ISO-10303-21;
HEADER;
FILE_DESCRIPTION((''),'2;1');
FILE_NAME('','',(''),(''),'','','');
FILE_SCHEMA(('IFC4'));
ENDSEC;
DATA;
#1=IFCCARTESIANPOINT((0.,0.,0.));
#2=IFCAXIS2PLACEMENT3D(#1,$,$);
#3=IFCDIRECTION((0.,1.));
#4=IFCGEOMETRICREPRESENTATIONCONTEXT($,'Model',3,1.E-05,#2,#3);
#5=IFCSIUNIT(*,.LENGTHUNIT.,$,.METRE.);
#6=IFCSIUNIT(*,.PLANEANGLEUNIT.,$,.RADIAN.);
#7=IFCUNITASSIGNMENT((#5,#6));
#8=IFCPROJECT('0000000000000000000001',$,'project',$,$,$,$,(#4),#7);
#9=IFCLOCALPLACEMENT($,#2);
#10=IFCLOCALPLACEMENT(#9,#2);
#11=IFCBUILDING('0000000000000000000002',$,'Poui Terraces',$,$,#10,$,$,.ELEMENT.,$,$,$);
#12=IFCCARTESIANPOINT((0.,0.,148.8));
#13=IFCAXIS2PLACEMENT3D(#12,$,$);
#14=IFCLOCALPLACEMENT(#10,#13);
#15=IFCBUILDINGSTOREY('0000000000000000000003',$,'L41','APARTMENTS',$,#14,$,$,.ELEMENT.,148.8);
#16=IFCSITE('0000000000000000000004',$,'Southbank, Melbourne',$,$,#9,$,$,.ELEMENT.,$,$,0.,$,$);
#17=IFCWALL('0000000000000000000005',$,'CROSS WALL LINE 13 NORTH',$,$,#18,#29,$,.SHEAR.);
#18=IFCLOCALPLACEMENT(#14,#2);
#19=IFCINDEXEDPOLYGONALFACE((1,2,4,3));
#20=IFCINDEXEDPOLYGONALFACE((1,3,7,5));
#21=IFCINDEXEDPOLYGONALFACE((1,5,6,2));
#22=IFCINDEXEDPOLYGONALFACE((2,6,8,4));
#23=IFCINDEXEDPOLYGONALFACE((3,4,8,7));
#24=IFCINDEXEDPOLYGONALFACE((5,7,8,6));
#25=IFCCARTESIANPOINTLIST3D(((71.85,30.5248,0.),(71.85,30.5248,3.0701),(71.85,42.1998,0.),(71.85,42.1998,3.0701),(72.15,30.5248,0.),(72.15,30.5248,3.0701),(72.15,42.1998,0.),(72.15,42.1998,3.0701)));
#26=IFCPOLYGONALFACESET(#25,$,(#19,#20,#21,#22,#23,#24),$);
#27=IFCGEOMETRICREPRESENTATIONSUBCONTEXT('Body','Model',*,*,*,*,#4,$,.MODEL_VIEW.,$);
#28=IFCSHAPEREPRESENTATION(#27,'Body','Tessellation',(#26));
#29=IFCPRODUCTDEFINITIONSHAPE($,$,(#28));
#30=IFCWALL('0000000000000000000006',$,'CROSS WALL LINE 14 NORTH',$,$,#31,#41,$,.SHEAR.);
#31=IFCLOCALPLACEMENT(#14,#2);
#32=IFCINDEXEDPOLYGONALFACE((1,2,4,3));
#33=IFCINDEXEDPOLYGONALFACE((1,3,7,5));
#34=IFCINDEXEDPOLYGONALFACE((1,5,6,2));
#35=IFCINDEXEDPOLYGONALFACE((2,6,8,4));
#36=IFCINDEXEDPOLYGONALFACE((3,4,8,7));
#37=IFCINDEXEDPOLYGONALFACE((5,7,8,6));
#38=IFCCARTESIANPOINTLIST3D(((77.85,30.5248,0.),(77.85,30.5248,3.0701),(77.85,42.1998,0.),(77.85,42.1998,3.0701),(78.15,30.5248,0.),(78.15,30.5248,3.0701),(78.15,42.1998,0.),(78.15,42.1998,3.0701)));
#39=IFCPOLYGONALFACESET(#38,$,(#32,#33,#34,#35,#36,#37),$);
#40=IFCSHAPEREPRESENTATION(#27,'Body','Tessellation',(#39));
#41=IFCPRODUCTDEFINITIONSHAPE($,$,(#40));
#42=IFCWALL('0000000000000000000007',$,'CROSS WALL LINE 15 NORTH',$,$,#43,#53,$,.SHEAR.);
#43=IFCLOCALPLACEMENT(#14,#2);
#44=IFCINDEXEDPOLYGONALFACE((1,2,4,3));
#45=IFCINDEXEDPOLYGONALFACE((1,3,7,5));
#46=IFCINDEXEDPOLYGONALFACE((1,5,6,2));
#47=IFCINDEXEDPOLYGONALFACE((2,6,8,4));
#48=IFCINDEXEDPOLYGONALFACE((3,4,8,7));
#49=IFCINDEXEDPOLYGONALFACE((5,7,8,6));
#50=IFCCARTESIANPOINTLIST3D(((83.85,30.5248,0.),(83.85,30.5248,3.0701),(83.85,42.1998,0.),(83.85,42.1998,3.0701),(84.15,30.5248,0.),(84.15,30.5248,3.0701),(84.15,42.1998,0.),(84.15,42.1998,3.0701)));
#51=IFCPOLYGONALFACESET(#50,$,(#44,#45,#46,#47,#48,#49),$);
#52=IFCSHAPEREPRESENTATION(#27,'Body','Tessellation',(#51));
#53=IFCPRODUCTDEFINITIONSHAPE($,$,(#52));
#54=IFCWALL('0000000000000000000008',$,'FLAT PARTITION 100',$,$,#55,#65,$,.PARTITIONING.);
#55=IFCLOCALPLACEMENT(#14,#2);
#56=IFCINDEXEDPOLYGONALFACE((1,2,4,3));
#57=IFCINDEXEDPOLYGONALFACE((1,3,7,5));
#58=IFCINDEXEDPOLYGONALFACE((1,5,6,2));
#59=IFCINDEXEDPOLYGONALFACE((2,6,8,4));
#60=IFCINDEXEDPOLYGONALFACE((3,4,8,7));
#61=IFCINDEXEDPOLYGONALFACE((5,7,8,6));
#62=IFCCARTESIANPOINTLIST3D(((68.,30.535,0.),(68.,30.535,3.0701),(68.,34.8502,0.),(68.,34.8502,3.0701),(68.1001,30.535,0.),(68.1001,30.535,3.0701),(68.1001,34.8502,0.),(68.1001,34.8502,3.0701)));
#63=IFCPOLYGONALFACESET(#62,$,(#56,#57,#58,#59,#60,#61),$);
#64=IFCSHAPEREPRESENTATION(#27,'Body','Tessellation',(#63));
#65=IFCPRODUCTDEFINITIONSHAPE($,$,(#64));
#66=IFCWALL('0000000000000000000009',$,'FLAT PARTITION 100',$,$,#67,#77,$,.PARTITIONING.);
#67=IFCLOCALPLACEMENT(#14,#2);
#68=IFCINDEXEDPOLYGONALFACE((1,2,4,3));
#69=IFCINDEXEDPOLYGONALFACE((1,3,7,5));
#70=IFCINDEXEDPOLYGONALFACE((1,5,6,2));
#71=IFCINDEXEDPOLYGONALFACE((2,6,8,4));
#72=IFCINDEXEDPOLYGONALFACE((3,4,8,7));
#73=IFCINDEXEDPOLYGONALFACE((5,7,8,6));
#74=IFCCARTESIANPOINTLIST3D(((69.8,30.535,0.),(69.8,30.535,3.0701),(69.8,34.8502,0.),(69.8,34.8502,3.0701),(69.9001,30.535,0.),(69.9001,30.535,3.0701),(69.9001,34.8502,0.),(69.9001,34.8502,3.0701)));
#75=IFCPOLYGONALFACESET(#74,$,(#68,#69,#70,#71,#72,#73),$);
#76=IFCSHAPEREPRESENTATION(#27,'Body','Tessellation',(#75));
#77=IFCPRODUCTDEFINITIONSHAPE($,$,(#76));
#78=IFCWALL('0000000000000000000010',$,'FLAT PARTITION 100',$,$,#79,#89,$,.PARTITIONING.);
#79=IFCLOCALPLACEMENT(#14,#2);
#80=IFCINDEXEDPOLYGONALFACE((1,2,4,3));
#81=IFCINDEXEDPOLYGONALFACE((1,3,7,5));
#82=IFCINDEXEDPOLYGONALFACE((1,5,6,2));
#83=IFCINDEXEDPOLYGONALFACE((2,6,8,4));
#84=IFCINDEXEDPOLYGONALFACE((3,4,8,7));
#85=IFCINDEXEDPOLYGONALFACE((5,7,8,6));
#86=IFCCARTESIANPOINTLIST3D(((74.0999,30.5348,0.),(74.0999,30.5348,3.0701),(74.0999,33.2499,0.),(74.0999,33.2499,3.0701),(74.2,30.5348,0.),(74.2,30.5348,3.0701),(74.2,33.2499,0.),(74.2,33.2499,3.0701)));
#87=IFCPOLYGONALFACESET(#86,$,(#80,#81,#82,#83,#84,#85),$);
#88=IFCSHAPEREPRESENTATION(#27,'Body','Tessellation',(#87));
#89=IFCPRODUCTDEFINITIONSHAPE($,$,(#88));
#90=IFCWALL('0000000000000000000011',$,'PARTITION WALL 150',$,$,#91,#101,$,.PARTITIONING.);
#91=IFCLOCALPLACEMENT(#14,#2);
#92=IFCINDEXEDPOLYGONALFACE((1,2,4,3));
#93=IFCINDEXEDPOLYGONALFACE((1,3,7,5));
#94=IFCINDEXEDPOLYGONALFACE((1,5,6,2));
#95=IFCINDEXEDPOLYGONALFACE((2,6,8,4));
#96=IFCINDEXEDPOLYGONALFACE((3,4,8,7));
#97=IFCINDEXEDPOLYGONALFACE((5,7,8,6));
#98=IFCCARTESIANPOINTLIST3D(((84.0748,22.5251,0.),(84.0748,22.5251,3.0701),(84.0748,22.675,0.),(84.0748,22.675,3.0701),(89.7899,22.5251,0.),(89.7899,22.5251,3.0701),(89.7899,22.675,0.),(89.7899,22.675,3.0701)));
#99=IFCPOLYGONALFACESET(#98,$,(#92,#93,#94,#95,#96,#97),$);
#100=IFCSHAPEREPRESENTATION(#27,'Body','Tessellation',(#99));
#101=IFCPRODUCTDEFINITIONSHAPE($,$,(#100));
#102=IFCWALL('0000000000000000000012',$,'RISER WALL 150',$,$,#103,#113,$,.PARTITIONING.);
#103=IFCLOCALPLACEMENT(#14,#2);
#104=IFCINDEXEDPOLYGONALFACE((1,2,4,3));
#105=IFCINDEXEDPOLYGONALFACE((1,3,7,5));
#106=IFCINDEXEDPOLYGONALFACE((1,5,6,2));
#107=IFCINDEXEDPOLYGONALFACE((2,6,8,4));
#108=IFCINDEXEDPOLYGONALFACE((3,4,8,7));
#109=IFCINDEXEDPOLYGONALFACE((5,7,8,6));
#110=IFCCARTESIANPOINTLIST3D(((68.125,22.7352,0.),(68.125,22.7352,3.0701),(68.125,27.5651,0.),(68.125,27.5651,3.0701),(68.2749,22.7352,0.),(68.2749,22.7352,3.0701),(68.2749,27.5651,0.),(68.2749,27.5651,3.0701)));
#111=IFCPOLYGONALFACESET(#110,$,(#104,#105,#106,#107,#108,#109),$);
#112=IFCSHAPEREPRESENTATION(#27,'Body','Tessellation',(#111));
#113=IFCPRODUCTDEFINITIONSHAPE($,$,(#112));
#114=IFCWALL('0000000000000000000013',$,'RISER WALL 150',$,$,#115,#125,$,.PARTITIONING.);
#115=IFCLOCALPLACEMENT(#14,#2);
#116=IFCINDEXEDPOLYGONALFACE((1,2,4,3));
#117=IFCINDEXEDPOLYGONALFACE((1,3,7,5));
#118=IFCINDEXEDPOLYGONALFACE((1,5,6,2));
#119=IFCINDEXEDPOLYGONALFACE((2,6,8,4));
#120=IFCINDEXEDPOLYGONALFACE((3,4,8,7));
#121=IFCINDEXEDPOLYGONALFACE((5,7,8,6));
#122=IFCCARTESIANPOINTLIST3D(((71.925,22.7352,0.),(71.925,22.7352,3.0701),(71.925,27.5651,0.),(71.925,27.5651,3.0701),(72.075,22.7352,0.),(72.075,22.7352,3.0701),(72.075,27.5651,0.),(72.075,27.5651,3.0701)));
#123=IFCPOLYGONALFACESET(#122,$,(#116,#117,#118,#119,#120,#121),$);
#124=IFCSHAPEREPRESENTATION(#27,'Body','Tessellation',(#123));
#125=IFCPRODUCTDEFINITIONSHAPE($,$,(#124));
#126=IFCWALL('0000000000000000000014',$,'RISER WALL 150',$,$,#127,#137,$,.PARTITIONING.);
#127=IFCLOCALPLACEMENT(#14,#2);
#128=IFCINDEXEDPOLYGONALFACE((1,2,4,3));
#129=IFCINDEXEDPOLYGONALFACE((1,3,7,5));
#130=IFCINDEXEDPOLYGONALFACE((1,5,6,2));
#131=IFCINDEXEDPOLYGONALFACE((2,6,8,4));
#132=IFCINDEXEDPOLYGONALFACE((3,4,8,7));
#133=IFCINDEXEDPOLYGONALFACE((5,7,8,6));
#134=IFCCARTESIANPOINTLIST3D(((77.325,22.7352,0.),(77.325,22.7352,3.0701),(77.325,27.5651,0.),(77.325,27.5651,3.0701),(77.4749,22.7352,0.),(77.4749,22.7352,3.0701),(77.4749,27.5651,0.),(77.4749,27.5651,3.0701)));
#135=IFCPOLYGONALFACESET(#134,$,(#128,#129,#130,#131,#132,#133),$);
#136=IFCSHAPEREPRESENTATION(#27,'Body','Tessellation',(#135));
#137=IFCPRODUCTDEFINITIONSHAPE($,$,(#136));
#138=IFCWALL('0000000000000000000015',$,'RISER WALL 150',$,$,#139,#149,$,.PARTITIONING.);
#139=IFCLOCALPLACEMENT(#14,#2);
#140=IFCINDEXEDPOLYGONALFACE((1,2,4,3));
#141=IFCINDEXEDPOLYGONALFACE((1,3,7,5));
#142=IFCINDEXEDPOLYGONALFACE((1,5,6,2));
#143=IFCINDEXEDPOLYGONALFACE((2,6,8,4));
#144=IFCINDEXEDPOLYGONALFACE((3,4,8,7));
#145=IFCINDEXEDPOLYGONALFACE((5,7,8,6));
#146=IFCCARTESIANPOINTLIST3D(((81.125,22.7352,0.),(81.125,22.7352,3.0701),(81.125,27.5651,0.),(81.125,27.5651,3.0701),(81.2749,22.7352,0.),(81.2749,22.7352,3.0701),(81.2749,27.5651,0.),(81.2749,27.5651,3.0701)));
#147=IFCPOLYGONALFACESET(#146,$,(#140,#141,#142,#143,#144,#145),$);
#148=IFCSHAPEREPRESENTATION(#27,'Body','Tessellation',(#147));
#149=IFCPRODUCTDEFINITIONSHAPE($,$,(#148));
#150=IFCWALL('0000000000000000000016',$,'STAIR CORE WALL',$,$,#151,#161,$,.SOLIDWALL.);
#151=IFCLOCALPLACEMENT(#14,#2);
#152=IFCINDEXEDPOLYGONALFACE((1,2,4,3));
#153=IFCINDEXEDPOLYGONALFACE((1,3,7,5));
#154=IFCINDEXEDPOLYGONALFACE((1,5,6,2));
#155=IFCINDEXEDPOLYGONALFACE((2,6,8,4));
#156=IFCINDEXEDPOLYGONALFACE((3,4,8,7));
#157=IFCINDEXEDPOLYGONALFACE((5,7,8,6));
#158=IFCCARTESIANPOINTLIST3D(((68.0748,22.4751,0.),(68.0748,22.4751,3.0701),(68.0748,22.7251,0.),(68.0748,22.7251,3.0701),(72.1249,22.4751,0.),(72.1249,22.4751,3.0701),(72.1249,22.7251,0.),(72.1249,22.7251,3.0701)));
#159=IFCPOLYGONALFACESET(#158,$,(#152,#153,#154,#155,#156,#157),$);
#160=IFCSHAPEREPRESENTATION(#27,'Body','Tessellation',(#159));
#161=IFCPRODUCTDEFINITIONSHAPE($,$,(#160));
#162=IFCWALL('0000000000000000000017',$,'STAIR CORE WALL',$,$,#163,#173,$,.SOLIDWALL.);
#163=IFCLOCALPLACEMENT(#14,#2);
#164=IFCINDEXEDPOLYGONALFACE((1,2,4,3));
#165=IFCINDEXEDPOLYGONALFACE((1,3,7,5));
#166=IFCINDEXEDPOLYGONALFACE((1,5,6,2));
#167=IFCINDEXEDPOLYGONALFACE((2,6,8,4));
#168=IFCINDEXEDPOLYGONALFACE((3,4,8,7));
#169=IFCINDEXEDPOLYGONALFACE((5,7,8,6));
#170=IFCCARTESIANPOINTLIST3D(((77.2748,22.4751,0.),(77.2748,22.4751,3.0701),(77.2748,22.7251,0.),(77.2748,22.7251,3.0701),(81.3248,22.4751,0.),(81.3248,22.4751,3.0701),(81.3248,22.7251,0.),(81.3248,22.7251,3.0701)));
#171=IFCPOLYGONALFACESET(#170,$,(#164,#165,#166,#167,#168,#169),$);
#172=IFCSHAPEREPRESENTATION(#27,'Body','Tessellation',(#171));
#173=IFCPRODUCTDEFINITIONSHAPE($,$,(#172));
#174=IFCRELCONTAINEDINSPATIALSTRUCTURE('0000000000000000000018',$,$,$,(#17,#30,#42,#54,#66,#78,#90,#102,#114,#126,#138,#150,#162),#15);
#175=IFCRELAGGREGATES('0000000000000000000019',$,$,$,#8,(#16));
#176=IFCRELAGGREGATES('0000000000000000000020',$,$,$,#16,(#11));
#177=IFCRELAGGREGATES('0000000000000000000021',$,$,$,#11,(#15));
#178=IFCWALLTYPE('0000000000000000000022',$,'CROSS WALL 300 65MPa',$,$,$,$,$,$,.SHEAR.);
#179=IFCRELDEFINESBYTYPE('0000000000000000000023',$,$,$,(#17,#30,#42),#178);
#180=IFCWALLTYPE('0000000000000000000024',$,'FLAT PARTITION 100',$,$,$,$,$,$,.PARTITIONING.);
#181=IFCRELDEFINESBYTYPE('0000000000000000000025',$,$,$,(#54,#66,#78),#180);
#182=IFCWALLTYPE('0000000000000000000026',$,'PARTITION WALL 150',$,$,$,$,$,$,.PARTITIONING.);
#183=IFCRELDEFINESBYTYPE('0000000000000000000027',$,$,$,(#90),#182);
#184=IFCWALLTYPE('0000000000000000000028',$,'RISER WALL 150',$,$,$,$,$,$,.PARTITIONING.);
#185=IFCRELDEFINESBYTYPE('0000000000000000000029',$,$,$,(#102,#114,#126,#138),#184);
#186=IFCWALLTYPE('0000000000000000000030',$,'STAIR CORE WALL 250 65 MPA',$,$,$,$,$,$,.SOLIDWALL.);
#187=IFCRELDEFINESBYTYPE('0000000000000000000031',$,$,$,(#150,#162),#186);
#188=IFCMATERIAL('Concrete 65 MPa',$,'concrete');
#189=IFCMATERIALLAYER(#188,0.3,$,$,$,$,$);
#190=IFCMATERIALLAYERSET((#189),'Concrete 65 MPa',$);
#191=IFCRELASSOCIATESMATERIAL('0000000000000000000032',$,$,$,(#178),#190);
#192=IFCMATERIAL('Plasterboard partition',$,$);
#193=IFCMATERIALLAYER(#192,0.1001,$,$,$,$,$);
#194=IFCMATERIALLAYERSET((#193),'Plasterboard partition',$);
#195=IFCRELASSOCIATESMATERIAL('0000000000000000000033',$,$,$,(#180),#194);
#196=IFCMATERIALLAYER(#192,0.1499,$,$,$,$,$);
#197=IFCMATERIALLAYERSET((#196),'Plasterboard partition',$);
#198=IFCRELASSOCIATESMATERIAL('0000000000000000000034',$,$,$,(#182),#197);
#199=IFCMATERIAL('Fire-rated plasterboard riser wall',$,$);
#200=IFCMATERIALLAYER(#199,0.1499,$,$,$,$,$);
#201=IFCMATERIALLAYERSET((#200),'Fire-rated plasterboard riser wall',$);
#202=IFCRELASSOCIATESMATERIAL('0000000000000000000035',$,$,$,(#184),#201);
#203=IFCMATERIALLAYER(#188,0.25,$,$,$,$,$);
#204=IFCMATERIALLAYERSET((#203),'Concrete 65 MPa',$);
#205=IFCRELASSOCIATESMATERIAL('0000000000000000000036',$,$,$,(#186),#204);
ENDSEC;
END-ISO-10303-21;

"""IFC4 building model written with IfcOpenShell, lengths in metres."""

from ifc_helpers import new_model, si_unit, direction, frame, frame_2d, origin, place, context, subcontext, project, spatial, rectangle, extrude, material, layer, layer_set, type_object, element, save


model = new_model("IFC4")

# Units and contexts
model_context = context("Model", 3, precision=1e-05, world=origin(), true_north=direction((0.0, 1.0)))
body_context = subcontext(model_context, "Body", "Model", "MODEL_VIEW")
ifc_project = project(units=[si_unit("LENGTHUNIT", "METRE"), si_unit("PLANEANGLEUNIT", "RADIAN")], contexts=[model_context])

# Site, building, storey
site_placement = place(None, origin())
site = spatial("IfcSite", under=ifc_project, at=site_placement, Name="Southbank, Melbourne", CompositionType="ELEMENT", RefElevation=0.0)
building_placement = place(site_placement, origin())
building = spatial("IfcBuilding", under=site, at=building_placement, Name="Poui Terraces", CompositionType="ELEMENT")
storey_placement = place(building_placement, frame((0.0, 0.0, 148.8)))
storey = spatial("IfcBuildingStorey", under=building, at=storey_placement, Name="L41", Description="APARTMENTS", CompositionType="ELEMENT", Elevation=148.8)

# Shared definitions
ifc_material_1 = material(Name="Concrete 65 MPa", Category="concrete")

# Shared definitions
ifc_layer_1 = layer(ifc_material_1, 0.3)
ifc_layer_set_1 = layer_set([ifc_layer_1], Name="Concrete 65 MPa")
wall_type_1 = type_object("IfcWallType", Name="CROSS WALL 300 65MPa", PredefinedType="SHEAR", material=ifc_layer_set_1)

# Walls
for number, where, z_axis, x_axis, name in (
    (1, (72.0, 30.5249, 0.0), (0.0, 0.0, 1.0), (0.0, 1.0, 0.0), "CROSS WALL LINE 13 NORTH"),
    (2, (78.0, 30.5249, 0.0), (0.0, 0.0, 1.0), (0.0, 1.0, 0.0), "CROSS WALL LINE 14 NORTH"),
    (3, (84.0, 30.5249, 0.0), (0.0, 0.0, 1.0), (0.0, 1.0, 0.0), "CROSS WALL LINE 15 NORTH"),
):
    element("IfcWall", number, at=place(storey_placement, frame(where, z_axis=z_axis, x_axis=x_axis)), inside=storey, type_object=wall_type_1, Name=name, PredefinedType="SHEAR", context=body_context, shape_type="SweptSolid", body=[
        extrude(rectangle(XDim=11.675, YDim=0.3, at=frame_2d((5.8374, 0.0))), origin(), (0.0, 0.0, 1.0), 3.0701),
    ])
ifc_material_2 = material(Name="Plasterboard partition")
ifc_layer_2 = layer(ifc_material_2, 0.1001)
ifc_layer_set_2 = layer_set([ifc_layer_2], Name="Plasterboard partition")
wall_type_2 = type_object("IfcWallType", Name="FLAT PARTITION 100", PredefinedType="PARTITIONING", material=ifc_layer_set_2)
for number, where, z_axis, x_axis, name in (
    (4, (68.05, 30.5349, 0.0), (0.0, 0.0, 1.0), (0.0, 1.0, 0.0), "FLAT PARTITION 100"),
    (5, (69.8501, 30.5349, 0.0), (0.0, 0.0, 1.0), (0.0, 1.0, 0.0), "FLAT PARTITION 100"),
):
    element("IfcWall", number, at=place(storey_placement, frame(where, z_axis=z_axis, x_axis=x_axis)), inside=storey, type_object=wall_type_2, Name=name, PredefinedType="PARTITIONING", context=body_context, shape_type="SweptSolid", body=[
        extrude(rectangle(XDim=4.3152, YDim=0.1001, at=frame_2d((2.1577, 0.0))), origin(), (0.0, 0.0, 1.0), 3.0701),
    ])
wall_1_placement = place(storey_placement, frame((74.1499, 30.5349, 0.0), z_axis=(0.0, 0.0, 1.0), x_axis=(0.0, 1.0, 0.0)))
element("IfcWall", 6, at=wall_1_placement, inside=storey, type_object=wall_type_2, Name="FLAT PARTITION 100", PredefinedType="PARTITIONING", context=body_context, shape_type="SweptSolid", body=[
    extrude(rectangle(XDim=2.7151, YDim=0.1001, at=frame_2d((1.3574, 0.0))), origin(), (0.0, 0.0, 1.0), 3.0701),
])
ifc_layer_3 = layer(ifc_material_2, 0.1499)
ifc_layer_set_3 = layer_set([ifc_layer_3], Name="Plasterboard partition")
wall_type_3 = type_object("IfcWallType", Name="PARTITION WALL 150", PredefinedType="PARTITIONING", material=ifc_layer_set_3)
wall_2_placement = place(storey_placement, frame((84.075, 22.6001, 0.0), z_axis=(0.0, 0.0, 1.0), x_axis=(1.0, 0.0, 0.0)))
element("IfcWall", 7, at=wall_2_placement, inside=storey, type_object=wall_type_3, Name="PARTITION WALL 150", PredefinedType="PARTITIONING", context=body_context, shape_type="SweptSolid", body=[
    extrude(rectangle(XDim=5.7151, YDim=0.1499, at=frame_2d((2.8574, 0.0))), origin(), (0.0, 0.0, 1.0), 3.0701),
])
ifc_material_3 = material(Name="Fire-rated plasterboard riser wall")
ifc_layer_4 = layer(ifc_material_3, 0.1499)
ifc_layer_set_4 = layer_set([ifc_layer_4], Name="Fire-rated plasterboard riser wall")
wall_type_4 = type_object("IfcWallType", Name="RISER WALL 150", PredefinedType="PARTITIONING", material=ifc_layer_set_4)
for number, where, z_axis, x_axis, name in (
    (8, (68.2, 22.7351, 0.0), (0.0, 0.0, 1.0), (0.0, 1.0, 0.0), "RISER WALL 150"),
    (9, (72.0, 22.7351, 0.0), (0.0, 0.0, 1.0), (0.0, 1.0, 0.0), "RISER WALL 150"),
    (10, (77.3999, 22.7351, 0.0), (0.0, 0.0, 1.0), (0.0, 1.0, 0.0), "RISER WALL 150"),
    (11, (81.2, 22.7351, 0.0), (0.0, 0.0, 1.0), (0.0, 1.0, 0.0), "RISER WALL 150"),
):
    element("IfcWall", number, at=place(storey_placement, frame(where, z_axis=z_axis, x_axis=x_axis)), inside=storey, type_object=wall_type_4, Name=name, PredefinedType="PARTITIONING", context=body_context, shape_type="SweptSolid", body=[
        extrude(rectangle(XDim=4.8298, YDim=0.1499, at=frame_2d((2.415, 0.0))), origin(), (0.0, 0.0, 1.0), 3.0701),
    ])
ifc_layer_5 = layer(ifc_material_1, 0.25)
ifc_layer_set_5 = layer_set([ifc_layer_5], Name="Concrete 65 MPa")
wall_type_5 = type_object("IfcWallType", Name="STAIR CORE WALL 250 65 MPA", PredefinedType="SOLIDWALL", material=ifc_layer_set_5)
for number, where, z_axis, x_axis, name in (
    (12, (68.075, 22.6001, 0.0), (0.0, 0.0, 1.0), (1.0, 0.0, 0.0), "STAIR CORE WALL"),
    (13, (77.2749, 22.6001, 0.0), (0.0, 0.0, 1.0), (1.0, 0.0, 0.0), "STAIR CORE WALL"),
):
    element("IfcWall", number, at=place(storey_placement, frame(where, z_axis=z_axis, x_axis=x_axis)), inside=storey, type_object=wall_type_5, Name=name, PredefinedType="SOLIDWALL", context=body_context, shape_type="SweptSolid", body=[
        extrude(rectangle(XDim=4.05, YDim=0.25, at=frame_2d((2.0249, 0.0))), origin(), (0.0, 0.0, 1.0), 3.0701),
    ])

save(model, "model.ifc")
